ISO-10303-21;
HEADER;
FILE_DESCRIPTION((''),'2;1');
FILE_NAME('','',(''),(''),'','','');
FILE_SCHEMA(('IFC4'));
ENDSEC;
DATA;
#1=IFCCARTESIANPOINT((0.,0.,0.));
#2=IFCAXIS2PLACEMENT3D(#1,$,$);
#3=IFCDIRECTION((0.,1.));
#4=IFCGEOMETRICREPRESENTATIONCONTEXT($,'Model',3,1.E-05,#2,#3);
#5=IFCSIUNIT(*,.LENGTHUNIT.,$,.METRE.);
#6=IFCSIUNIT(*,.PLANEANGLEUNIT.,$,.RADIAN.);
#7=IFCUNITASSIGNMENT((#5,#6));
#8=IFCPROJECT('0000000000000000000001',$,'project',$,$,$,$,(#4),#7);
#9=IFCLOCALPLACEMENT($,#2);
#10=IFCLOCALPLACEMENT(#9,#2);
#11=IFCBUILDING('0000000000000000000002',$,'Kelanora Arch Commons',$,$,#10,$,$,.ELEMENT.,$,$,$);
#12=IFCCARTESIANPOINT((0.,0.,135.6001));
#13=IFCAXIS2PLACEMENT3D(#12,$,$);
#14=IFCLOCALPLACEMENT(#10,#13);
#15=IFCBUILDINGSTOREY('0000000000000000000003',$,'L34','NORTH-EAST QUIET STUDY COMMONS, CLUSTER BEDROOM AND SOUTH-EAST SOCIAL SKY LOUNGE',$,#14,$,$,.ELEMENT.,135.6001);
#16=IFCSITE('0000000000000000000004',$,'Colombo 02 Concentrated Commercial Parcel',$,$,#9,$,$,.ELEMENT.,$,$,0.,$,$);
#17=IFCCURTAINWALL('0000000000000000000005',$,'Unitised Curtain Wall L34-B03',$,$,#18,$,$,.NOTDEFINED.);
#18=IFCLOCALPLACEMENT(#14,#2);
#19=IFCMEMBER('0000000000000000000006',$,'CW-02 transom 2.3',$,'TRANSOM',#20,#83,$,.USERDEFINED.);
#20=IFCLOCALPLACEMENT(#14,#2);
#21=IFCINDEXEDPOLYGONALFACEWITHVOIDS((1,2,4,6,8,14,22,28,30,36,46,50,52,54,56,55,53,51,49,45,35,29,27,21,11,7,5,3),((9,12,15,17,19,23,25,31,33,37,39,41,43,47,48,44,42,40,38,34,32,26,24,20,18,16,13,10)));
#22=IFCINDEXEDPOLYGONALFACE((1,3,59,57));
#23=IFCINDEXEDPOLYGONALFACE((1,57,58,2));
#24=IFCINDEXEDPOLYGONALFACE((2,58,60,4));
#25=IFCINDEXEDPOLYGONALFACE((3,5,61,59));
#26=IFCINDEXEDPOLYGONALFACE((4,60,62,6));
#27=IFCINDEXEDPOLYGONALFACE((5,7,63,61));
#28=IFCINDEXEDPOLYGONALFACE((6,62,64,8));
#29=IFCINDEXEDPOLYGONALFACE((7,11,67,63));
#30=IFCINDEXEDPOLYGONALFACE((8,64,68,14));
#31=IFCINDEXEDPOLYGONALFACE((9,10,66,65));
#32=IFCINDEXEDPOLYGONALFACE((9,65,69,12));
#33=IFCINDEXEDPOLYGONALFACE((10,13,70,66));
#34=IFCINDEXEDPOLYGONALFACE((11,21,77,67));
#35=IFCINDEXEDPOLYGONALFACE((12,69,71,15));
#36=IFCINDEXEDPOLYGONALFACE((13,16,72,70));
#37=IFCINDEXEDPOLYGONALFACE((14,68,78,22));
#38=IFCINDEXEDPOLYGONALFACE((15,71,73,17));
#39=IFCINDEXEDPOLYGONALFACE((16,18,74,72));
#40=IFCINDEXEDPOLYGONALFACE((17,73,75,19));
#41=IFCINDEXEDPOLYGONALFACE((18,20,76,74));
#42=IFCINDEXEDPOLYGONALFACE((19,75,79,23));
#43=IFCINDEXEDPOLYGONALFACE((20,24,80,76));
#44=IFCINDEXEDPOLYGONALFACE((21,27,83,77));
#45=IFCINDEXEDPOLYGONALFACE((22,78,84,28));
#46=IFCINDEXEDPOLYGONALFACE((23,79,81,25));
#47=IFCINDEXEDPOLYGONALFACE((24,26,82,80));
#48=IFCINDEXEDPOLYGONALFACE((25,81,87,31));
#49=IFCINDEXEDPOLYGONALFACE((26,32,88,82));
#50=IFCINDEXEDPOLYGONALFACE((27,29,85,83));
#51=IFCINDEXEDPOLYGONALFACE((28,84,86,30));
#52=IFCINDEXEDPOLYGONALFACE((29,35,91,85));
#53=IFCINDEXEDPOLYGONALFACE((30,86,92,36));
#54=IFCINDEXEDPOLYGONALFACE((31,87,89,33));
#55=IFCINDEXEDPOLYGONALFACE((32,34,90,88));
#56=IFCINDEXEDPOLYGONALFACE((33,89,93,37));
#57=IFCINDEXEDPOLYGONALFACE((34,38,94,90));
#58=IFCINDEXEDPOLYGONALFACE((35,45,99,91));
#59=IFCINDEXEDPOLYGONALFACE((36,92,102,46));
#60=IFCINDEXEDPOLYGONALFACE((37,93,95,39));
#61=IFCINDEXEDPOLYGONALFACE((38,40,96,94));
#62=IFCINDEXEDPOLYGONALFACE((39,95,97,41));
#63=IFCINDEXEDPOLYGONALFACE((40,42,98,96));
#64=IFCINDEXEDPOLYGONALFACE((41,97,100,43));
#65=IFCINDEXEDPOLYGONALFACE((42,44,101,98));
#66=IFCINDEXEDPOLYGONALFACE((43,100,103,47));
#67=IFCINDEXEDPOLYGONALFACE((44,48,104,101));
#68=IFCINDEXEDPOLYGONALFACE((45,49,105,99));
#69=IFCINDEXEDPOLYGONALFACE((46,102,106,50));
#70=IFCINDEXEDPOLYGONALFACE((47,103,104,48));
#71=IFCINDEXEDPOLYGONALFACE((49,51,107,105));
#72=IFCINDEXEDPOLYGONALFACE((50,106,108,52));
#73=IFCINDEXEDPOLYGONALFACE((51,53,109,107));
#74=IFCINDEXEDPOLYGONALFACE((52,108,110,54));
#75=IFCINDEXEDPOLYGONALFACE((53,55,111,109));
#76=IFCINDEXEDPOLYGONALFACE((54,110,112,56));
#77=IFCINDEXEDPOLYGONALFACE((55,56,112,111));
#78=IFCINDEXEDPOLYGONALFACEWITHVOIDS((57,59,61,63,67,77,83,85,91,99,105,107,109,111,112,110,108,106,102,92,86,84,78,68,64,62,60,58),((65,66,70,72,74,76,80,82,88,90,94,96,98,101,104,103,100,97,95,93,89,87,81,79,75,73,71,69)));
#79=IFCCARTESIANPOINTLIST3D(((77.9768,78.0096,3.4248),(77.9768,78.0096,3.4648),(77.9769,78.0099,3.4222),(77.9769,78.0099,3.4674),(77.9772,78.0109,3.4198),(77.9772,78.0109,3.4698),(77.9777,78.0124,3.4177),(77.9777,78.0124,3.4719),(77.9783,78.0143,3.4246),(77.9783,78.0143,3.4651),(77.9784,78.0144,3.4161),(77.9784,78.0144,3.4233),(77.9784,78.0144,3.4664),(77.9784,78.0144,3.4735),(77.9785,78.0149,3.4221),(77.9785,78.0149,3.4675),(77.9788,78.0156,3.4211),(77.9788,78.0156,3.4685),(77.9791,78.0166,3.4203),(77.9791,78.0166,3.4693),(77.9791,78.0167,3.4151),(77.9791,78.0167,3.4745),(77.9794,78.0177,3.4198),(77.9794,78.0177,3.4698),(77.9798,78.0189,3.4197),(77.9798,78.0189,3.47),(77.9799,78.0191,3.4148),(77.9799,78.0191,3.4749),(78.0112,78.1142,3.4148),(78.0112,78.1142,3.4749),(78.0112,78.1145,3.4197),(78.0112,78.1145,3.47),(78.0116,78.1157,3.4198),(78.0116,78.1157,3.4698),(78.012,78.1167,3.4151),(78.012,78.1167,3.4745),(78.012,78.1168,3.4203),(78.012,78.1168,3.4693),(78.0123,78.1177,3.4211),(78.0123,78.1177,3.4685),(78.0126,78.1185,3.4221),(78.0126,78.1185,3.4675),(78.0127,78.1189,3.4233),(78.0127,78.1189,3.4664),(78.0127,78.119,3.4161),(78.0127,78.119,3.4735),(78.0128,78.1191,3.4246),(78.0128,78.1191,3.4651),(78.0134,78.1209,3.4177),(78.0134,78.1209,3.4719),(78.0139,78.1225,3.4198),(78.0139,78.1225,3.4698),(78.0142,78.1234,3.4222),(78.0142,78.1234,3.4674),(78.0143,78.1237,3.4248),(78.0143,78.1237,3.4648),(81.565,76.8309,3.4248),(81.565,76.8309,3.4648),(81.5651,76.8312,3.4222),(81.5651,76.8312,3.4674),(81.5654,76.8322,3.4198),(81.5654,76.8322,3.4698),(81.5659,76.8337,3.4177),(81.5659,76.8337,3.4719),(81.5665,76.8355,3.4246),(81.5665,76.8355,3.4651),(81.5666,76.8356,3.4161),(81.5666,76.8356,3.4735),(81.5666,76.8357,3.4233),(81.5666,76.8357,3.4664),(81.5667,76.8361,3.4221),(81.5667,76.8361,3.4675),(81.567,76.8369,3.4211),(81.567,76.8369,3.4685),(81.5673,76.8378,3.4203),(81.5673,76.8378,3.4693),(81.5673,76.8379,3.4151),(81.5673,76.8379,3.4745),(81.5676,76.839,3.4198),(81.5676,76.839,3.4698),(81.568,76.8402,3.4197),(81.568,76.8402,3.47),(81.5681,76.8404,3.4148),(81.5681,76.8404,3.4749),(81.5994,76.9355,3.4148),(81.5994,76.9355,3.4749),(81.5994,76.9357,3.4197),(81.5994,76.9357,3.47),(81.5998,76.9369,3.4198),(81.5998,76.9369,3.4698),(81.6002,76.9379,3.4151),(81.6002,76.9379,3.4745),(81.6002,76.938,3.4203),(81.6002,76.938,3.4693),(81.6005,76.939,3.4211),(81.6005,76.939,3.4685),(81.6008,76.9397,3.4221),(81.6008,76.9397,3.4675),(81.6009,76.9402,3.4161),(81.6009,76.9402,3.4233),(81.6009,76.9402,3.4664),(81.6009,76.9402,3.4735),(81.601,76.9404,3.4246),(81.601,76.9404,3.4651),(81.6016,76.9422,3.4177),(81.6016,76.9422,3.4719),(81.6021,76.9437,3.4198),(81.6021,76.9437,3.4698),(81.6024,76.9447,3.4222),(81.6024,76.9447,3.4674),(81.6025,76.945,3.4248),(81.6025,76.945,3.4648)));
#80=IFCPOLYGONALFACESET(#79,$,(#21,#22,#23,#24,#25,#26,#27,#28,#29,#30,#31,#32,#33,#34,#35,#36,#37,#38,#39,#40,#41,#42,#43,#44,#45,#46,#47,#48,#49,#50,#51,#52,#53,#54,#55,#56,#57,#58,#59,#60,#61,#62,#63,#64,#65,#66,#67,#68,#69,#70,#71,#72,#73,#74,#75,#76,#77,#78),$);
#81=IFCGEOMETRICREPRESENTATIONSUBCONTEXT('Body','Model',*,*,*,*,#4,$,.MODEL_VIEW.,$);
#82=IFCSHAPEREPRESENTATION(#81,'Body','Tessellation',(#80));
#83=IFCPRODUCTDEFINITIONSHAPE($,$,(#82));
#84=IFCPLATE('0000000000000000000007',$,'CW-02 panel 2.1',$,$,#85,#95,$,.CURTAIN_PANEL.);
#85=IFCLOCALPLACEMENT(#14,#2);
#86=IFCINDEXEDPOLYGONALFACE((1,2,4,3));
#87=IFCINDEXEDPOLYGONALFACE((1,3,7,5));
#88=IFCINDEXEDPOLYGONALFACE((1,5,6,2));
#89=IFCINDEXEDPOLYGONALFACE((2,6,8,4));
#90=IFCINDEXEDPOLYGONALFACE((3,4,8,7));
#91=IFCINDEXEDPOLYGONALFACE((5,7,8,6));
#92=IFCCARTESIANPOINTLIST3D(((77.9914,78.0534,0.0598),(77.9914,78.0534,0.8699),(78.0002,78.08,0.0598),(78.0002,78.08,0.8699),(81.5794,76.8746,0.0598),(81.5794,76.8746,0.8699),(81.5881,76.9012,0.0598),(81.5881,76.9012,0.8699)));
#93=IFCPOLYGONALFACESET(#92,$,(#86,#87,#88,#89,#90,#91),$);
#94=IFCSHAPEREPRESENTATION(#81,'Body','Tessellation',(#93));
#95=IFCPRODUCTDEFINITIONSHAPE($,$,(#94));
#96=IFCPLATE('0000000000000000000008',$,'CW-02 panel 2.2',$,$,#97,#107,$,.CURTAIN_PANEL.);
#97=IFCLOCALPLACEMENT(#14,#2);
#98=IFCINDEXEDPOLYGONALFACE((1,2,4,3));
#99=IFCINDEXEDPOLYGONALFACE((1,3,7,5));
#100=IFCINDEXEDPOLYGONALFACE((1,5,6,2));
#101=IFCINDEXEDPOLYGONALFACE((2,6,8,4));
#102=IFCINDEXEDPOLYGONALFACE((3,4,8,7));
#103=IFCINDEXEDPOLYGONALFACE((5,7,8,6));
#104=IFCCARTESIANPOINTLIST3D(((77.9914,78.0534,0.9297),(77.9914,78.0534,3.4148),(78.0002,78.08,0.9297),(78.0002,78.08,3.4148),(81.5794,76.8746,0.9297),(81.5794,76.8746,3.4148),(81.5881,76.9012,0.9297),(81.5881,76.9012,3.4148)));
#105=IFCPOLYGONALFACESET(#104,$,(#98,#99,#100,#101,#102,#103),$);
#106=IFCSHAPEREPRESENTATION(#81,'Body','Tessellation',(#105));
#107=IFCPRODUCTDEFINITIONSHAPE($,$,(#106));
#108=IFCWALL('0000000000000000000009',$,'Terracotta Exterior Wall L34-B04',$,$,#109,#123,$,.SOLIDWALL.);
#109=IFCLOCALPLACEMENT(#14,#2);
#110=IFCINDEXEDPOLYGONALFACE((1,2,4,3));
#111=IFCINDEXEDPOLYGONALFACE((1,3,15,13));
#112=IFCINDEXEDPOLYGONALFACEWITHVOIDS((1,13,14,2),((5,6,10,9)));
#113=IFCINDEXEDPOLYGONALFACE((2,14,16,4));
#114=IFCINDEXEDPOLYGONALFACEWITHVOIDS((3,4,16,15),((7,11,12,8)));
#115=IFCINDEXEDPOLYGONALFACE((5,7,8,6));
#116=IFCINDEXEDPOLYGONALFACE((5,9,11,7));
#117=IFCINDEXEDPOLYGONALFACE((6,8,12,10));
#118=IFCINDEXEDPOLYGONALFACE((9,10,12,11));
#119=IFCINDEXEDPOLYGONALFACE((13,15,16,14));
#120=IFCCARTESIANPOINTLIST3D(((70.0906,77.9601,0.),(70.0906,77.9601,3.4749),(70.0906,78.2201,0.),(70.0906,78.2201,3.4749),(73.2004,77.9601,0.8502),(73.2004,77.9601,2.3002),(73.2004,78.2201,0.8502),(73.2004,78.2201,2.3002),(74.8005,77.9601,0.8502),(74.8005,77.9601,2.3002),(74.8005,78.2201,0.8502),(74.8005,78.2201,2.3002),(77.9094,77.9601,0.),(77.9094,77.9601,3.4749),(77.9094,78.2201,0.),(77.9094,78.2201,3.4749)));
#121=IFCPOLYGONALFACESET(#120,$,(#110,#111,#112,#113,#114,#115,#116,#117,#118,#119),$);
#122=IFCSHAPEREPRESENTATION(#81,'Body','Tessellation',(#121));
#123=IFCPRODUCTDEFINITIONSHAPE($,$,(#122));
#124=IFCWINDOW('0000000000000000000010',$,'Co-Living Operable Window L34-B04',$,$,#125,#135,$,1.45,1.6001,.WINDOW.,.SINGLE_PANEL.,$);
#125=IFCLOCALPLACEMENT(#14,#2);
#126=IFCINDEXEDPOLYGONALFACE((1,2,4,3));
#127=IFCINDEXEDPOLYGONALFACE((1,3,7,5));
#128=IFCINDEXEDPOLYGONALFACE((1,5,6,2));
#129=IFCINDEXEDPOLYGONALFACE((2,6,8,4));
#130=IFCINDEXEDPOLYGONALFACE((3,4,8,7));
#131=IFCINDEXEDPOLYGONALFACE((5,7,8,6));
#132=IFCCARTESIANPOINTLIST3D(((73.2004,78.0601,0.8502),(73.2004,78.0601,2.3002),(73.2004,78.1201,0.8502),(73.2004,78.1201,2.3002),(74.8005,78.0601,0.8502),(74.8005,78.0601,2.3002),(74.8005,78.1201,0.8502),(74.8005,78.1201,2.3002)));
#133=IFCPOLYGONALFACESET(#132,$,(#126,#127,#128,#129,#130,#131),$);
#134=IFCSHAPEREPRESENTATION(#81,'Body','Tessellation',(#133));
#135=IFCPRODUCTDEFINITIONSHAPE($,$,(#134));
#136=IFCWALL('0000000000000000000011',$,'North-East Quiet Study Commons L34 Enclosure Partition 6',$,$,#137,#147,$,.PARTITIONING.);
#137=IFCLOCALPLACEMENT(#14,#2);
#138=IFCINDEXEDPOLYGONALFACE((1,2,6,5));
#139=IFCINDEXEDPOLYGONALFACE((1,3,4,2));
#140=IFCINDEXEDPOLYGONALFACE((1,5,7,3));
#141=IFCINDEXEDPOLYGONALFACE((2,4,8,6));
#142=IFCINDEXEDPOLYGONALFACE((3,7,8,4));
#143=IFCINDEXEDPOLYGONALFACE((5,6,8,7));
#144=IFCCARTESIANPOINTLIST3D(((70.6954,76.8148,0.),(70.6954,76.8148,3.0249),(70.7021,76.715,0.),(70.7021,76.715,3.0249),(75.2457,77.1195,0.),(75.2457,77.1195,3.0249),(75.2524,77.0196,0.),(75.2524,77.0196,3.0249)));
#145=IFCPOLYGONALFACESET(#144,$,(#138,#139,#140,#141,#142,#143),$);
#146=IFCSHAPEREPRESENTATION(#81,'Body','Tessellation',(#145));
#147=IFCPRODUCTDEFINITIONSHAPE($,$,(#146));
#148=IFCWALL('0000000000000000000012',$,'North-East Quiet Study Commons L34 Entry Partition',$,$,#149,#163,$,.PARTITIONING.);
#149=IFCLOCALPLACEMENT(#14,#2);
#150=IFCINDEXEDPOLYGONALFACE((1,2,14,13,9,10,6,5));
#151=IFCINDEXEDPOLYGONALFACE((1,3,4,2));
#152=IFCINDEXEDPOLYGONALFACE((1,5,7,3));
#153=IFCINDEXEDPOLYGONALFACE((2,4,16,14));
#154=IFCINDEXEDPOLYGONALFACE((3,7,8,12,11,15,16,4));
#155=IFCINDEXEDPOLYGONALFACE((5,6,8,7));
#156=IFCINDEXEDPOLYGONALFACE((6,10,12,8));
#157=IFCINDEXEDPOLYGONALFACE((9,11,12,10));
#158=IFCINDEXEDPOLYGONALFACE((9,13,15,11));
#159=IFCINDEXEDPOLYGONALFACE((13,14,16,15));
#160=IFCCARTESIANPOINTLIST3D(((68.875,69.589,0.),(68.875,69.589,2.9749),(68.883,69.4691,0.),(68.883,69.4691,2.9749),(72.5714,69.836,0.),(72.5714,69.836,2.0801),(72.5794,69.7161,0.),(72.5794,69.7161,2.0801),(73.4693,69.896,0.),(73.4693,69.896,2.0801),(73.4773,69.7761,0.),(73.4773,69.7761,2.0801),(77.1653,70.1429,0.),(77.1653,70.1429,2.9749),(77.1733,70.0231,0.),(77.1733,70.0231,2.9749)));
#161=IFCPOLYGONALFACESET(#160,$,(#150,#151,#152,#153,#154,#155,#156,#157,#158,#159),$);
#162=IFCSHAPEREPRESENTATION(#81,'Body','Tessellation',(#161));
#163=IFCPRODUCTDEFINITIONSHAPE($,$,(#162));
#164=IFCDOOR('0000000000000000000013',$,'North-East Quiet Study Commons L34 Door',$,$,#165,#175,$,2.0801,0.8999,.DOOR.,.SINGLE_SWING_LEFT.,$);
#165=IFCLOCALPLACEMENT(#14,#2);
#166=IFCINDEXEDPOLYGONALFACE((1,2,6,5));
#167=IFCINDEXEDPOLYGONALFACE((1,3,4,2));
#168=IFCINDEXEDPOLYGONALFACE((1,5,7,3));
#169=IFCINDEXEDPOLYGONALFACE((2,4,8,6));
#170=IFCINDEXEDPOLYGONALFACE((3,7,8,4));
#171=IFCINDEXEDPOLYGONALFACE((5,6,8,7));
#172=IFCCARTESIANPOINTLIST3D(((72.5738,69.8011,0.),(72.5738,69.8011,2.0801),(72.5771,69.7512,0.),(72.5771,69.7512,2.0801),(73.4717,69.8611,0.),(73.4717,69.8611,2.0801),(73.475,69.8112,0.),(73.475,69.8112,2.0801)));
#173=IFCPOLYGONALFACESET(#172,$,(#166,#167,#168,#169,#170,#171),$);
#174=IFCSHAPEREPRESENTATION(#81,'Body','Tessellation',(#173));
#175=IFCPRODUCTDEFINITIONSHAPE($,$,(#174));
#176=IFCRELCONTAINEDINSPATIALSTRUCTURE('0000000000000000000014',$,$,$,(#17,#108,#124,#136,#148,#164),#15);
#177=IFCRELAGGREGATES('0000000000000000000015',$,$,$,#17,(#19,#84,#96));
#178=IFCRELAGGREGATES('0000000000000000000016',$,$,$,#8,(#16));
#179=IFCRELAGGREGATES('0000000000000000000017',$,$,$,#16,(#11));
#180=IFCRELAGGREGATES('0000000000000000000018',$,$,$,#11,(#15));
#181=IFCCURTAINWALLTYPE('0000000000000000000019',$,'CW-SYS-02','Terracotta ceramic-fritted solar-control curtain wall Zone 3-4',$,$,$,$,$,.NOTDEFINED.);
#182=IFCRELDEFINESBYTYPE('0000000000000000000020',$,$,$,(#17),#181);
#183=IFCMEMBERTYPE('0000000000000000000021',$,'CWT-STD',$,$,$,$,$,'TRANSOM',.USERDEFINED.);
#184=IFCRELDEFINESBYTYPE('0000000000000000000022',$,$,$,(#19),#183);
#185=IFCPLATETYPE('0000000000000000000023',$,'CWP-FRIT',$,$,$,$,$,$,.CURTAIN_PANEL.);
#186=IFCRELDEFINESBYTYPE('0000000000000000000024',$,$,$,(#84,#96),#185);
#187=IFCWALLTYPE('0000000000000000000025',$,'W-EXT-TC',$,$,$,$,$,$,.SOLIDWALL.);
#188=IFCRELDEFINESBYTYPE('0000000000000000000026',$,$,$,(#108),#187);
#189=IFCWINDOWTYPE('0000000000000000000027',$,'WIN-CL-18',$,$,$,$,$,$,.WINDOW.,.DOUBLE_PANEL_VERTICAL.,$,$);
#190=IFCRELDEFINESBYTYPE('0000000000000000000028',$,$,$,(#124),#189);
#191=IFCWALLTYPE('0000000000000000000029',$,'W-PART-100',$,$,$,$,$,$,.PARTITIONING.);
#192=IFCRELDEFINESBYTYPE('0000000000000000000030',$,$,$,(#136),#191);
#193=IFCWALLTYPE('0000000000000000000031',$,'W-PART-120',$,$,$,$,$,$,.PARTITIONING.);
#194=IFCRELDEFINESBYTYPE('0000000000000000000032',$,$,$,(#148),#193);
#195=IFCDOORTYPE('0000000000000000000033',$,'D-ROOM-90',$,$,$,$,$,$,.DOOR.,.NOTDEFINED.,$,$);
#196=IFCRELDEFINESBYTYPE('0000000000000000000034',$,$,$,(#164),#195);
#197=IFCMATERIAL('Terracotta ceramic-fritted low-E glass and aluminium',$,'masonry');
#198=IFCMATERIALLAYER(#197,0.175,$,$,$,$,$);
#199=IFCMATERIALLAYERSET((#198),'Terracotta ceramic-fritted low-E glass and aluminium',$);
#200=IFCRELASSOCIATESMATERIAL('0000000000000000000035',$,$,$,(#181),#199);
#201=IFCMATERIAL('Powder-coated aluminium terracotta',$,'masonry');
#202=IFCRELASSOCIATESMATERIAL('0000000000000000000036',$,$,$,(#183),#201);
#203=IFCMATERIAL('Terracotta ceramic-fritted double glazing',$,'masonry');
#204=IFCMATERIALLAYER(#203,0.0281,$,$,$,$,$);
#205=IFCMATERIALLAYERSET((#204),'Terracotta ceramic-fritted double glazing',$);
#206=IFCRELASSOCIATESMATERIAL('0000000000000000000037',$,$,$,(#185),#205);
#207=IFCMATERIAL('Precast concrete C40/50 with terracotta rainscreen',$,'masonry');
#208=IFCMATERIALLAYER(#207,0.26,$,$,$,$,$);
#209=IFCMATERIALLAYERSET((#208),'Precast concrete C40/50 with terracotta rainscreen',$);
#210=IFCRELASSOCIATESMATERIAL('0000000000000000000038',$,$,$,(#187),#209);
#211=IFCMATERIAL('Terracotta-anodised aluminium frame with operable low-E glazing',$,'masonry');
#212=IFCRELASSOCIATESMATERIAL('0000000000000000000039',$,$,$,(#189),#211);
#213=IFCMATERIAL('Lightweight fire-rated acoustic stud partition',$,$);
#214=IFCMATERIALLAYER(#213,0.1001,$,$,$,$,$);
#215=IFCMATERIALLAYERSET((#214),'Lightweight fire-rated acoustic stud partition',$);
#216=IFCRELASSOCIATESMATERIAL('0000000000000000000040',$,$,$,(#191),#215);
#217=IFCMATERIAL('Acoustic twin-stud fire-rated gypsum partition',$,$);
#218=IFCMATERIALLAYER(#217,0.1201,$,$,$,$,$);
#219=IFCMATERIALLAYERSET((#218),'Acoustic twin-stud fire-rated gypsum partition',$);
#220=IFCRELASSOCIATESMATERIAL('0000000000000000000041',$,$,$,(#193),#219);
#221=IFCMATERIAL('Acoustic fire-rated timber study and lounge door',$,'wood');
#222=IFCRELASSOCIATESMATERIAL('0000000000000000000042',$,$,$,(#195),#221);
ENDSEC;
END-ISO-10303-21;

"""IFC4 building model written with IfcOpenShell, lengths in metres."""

from ifc_helpers import new_model, si_unit, direction, frame, frame_2d, origin, origin_2d, place, context, subcontext, project, spatial, rectangle, hollow_rectangle, extrude, source, transform, mapped, material, layer, layer_set, material_profile, profile_set, type_object, element, fill, aggregate, save


model = new_model("IFC4")

# Units and contexts
model_context = context("Model", 3, precision=1e-05, world=origin(), true_north=direction((0.0, 1.0)))
body_context = subcontext(model_context, "Body", "Model", "MODEL_VIEW")
ifc_project = project(units=[si_unit("LENGTHUNIT", "METRE"), si_unit("PLANEANGLEUNIT", "RADIAN")], contexts=[model_context])

# Site, building, storey
site_placement = place(None, origin())
site = spatial("IfcSite", under=ifc_project, at=site_placement, Name="Colombo 02 Concentrated Commercial Parcel", CompositionType="ELEMENT", RefElevation=0.0)
building_placement = place(site_placement, origin())
building = spatial("IfcBuilding", under=site, at=building_placement, Name="Kelanora Arch Commons", CompositionType="ELEMENT")
storey_placement = place(building_placement, frame((0.0, 0.0, 135.6001)))
storey = spatial("IfcBuildingStorey", under=building, at=storey_placement, Name="L34", Description="NORTH-EAST QUIET STUDY COMMONS, CLUSTER BEDROOM AND SOUTH-EAST SOCIAL SKY LOUNGE", CompositionType="ELEMENT", Elevation=135.6001)

# Curtain wall, member, plates
ifc_material_1 = material(Name="Terracotta ceramic-fritted low-E glass and aluminium", Category="masonry")
ifc_layer_1 = layer(ifc_material_1, 0.175)
ifc_layer_set_1 = layer_set([ifc_layer_1], Name="Terracotta ceramic-fritted low-E glass and aluminium")
curtain_wall_type = type_object("IfcCurtainWallType", Name="CW-SYS-02", Description="Terracotta ceramic-fritted solar-control curtain wall Zone 3-4", PredefinedType="NOTDEFINED", material=ifc_layer_set_1)
curtain_wall_placement = place(storey_placement, origin())
curtain_wall = element("IfcCurtainWall", 1, at=curtain_wall_placement, inside=storey, type_object=curtain_wall_type, Name="Unitised Curtain Wall L34-B03", PredefinedType="NOTDEFINED")
ifc_material_2 = material(Name="Powder-coated aluminium terracotta", Category="masonry")
ifc_material_profile_1 = material_profile(ifc_material_2, hollow_rectangle(XDim=0.1201, YDim=0.0601, WallThickness=0.0049, InnerFilletRadius=0.0049, OuterFilletRadius=0.01, at=origin_2d()), Name="CWT120x60")
ifc_profile_set_1 = profile_set([ifc_material_profile_1], Name="Powder-coated aluminium terracotta")
member_type_1 = type_object("IfcMemberType", Name="CWT-STD", ElementType="TRANSOM", PredefinedType="USERDEFINED", material=ifc_profile_set_1)
member_1_placement = place(storey_placement, frame((81.5837, 76.8879, 3.4448), z_axis=(-0.950051, 0.312094, 0.0), x_axis=(-0.312094, -0.950051, 0.0)))
member_1 = element("IfcMember", 2, at=member_1_placement, type_object=member_type_1, Name="CW-02 transom 2.3", ObjectType="TRANSOM", PredefinedType="USERDEFINED", context=body_context, shape_type="SweptSolid", body=[
    extrude(hollow_rectangle(XDim=0.1201, YDim=0.0601, WallThickness=0.0049, InnerFilletRadius=0.0049, OuterFilletRadius=0.01, at=origin_2d()), origin(), (0.0, 0.0, 1.0), 3.7769),
])
ifc_material_3 = material(Name="Terracotta ceramic-fritted double glazing", Category="masonry")
ifc_layer_2 = layer(ifc_material_3, 0.0281)
ifc_layer_set_2 = layer_set([ifc_layer_2], Name="Terracotta ceramic-fritted double glazing")
plate_type = type_object("IfcPlateType", Name="CWP-FRIT", PredefinedType="CURTAIN_PANEL", material=ifc_layer_set_2)
shared_shape_1 = source(origin(), body_context, "Body", "SweptSolid", [
    extrude(rectangle(XDim=3.7766, YDim=0.0281, at=origin_2d()), origin(), (0.0, 0.0, 1.0), 0.8101),
])
plate_1_placement = place(storey_placement, frame((79.7898, 77.4773, 0.0598), z_axis=(0.0, 0.0, 1.0), x_axis=(-0.95004, 0.312128, 0.0)))
plate_1 = element("IfcPlate", 3, at=plate_1_placement, type_object=plate_type, Name="CW-02 panel 2.1", PredefinedType="CURTAIN_PANEL", context=body_context, shape_type="MappedRepresentation", body=[
    mapped(shared_shape_1, transform((0.0, 0.0, 0.0), scale=1.0)),
])
shared_shape_2 = source(origin(), body_context, "Body", "SweptSolid", [
    extrude(rectangle(XDim=3.7766, YDim=0.0281, at=origin_2d()), origin(), (0.0, 0.0, 1.0), 2.4851),
])
plate_2_placement = place(storey_placement, frame((79.7898, 77.4773, 0.9297), z_axis=(0.0, 0.0, 1.0), x_axis=(-0.95004, 0.312128, 0.0)))
plate_2 = element("IfcPlate", 4, at=plate_2_placement, type_object=plate_type, Name="CW-02 panel 2.2", PredefinedType="CURTAIN_PANEL", context=body_context, shape_type="MappedRepresentation", body=[
    mapped(shared_shape_2, transform((0.0, 0.0, 0.0), scale=1.0)),
])
aggregate(curtain_wall, [member_1, plate_1, plate_2])

# Wall, opening, window
ifc_material_4 = material(Name="Precast concrete C40/50 with terracotta rainscreen", Category="masonry")
ifc_layer_3 = layer(ifc_material_4, 0.26)
ifc_layer_set_3 = layer_set([ifc_layer_3], Name="Precast concrete C40/50 with terracotta rainscreen")
wall_type_1 = type_object("IfcWallType", Name="W-EXT-TC", PredefinedType="SOLIDWALL", material=ifc_layer_set_3)
wall_1_placement = place(storey_placement, frame((77.9094, 78.0901, 0.0), z_axis=(0.0, 0.0, 1.0), x_axis=(-1.0, 0.0, 0.0)))
wall_1 = element("IfcWall", 5, at=wall_1_placement, inside=storey, type_object=wall_type_1, Name="Terracotta Exterior Wall L34-B04", PredefinedType="SOLIDWALL", context=body_context, shape_type="SweptSolid", body=[
    extrude(rectangle(XDim=7.8188, YDim=0.26, at=frame_2d((3.9094, 0.0))), origin(), (0.0, 0.0, 1.0), 3.4749),
])
opening_1_placement = place(wall_1_placement, frame((3.1089, 0.0, 0.8501)))
opening_1 = element("IfcOpeningElement", 6, at=opening_1_placement, cuts=wall_1, PredefinedType="OPENING", context=body_context, shape_type="SweptSolid", body=[
    extrude(rectangle(XDim=1.6001, YDim=1.45, at=frame_2d((0.8, 0.7251))), frame((0.0, 0.1401, 0.0), z_axis=(0.0, -1.0, 0.0), x_axis=(1.0, 0.0, 0.0)), (0.0, 0.0, 1.0), 0.28),
])
ifc_material_5 = material(Name="Terracotta-anodised aluminium frame with operable low-E glazing", Category="masonry")
window_type = type_object("IfcWindowType", Name="WIN-CL-18", PartitioningType="DOUBLE_PANEL_VERTICAL", PredefinedType="WINDOW", material=ifc_material_5)
window_placement = place(opening_1_placement, origin())
window = element("IfcWindow", 7, at=window_placement, inside=storey, type_object=window_type, Name="Co-Living Operable Window L34-B04", OverallHeight=1.45, OverallWidth=1.6001, PartitioningType="SINGLE_PANEL", PredefinedType="WINDOW", context=body_context, shape_type="SweptSolid", body=[
    extrude(rectangle(XDim=1.6001, YDim=1.45, at=frame_2d((0.8, 0.7251))), frame((0.0, 0.03, 0.0), z_axis=(0.0, -1.0, 0.0), x_axis=(1.0, 0.0, 0.0)), (0.0, 0.0, 1.0), 0.0601),
])
fill(opening_1, window)

# Wall
ifc_material_6 = material(Name="Lightweight fire-rated acoustic stud partition")
ifc_layer_4 = layer(ifc_material_6, 0.1001)
ifc_layer_set_4 = layer_set([ifc_layer_4], Name="Lightweight fire-rated acoustic stud partition")
wall_type_2 = type_object("IfcWallType", Name="W-PART-100", PredefinedType="PARTITIONING", material=ifc_layer_set_4)
wall_2_placement = place(storey_placement, frame((70.6987, 76.7649, 0.0), z_axis=(0.0, 0.0, 1.0), x_axis=(0.997766, 0.06681, 0.0)))
element("IfcWall", 8, at=wall_2_placement, inside=storey, type_object=wall_type_2, Name="North-East Quiet Study Commons L34 Enclosure Partition 6", PredefinedType="PARTITIONING", context=body_context, shape_type="SweptSolid", body=[
    extrude(rectangle(XDim=4.5605, YDim=0.1001, at=frame_2d((2.2803, 0.0))), origin(), (0.0, 0.0, 1.0), 3.0249),
])

# Wall, opening, door
ifc_material_7 = material(Name="Acoustic twin-stud fire-rated gypsum partition")
ifc_layer_5 = layer(ifc_material_7, 0.1201)
ifc_layer_set_5 = layer_set([ifc_layer_5], Name="Acoustic twin-stud fire-rated gypsum partition")
wall_type_3 = type_object("IfcWallType", Name="W-PART-120", PredefinedType="PARTITIONING", material=ifc_layer_set_5)
wall_3_placement = place(storey_placement, frame((77.1692, 70.083, 0.0), z_axis=(0.0, 0.0, 1.0), x_axis=(-0.997775, -0.066671, 0.0)))
wall_3 = element("IfcWall", 9, at=wall_3_placement, inside=storey, type_object=wall_type_3, Name="North-East Quiet Study Commons L34 Entry Partition", PredefinedType="PARTITIONING", context=body_context, shape_type="SweptSolid", body=[
    extrude(rectangle(XDim=8.3088, YDim=0.1201, at=frame_2d((4.1543, 0.0))), origin(), (0.0, 0.0, 1.0), 2.9749),
])
opening_2_placement = place(wall_3_placement, frame((3.7041, 0.0, 0.0)))
opening_2 = element("IfcOpeningElement", 10, at=opening_2_placement, cuts=wall_3, PredefinedType="OPENING", context=body_context, shape_type="SweptSolid", body=[
    extrude(rectangle(XDim=0.8999, YDim=2.0801, at=frame_2d((0.45, 1.04))), frame((0.0, 0.0701, 0.0), z_axis=(0.0, -1.0, 0.0), x_axis=(1.0, 0.0, 0.0)), (0.0, 0.0, 1.0), 0.1401),
])
ifc_material_8 = material(Name="Acoustic fire-rated timber study and lounge door", Category="wood")
door_type = type_object("IfcDoorType", Name="D-ROOM-90", OperationType="NOTDEFINED", PredefinedType="DOOR", material=ifc_material_8)
door_placement = place(opening_2_placement, origin())
door = element("IfcDoor", 11, at=door_placement, inside=storey, type_object=door_type, Name="North-East Quiet Study Commons L34 Door", OperationType="SINGLE_SWING_LEFT", OverallHeight=2.0801, OverallWidth=0.8999, PredefinedType="DOOR", context=body_context, shape_type="SweptSolid", body=[
    extrude(rectangle(XDim=0.8999, YDim=2.0801, at=frame_2d((0.45, 1.04))), frame((0.0, 0.0249, 0.0), z_axis=(0.0, -1.0, 0.0), x_axis=(1.0, 0.0, 0.0)), (0.0, 0.0, 1.0), 0.05),
])
fill(opening_2, door)

save(model, "model.ifc")
